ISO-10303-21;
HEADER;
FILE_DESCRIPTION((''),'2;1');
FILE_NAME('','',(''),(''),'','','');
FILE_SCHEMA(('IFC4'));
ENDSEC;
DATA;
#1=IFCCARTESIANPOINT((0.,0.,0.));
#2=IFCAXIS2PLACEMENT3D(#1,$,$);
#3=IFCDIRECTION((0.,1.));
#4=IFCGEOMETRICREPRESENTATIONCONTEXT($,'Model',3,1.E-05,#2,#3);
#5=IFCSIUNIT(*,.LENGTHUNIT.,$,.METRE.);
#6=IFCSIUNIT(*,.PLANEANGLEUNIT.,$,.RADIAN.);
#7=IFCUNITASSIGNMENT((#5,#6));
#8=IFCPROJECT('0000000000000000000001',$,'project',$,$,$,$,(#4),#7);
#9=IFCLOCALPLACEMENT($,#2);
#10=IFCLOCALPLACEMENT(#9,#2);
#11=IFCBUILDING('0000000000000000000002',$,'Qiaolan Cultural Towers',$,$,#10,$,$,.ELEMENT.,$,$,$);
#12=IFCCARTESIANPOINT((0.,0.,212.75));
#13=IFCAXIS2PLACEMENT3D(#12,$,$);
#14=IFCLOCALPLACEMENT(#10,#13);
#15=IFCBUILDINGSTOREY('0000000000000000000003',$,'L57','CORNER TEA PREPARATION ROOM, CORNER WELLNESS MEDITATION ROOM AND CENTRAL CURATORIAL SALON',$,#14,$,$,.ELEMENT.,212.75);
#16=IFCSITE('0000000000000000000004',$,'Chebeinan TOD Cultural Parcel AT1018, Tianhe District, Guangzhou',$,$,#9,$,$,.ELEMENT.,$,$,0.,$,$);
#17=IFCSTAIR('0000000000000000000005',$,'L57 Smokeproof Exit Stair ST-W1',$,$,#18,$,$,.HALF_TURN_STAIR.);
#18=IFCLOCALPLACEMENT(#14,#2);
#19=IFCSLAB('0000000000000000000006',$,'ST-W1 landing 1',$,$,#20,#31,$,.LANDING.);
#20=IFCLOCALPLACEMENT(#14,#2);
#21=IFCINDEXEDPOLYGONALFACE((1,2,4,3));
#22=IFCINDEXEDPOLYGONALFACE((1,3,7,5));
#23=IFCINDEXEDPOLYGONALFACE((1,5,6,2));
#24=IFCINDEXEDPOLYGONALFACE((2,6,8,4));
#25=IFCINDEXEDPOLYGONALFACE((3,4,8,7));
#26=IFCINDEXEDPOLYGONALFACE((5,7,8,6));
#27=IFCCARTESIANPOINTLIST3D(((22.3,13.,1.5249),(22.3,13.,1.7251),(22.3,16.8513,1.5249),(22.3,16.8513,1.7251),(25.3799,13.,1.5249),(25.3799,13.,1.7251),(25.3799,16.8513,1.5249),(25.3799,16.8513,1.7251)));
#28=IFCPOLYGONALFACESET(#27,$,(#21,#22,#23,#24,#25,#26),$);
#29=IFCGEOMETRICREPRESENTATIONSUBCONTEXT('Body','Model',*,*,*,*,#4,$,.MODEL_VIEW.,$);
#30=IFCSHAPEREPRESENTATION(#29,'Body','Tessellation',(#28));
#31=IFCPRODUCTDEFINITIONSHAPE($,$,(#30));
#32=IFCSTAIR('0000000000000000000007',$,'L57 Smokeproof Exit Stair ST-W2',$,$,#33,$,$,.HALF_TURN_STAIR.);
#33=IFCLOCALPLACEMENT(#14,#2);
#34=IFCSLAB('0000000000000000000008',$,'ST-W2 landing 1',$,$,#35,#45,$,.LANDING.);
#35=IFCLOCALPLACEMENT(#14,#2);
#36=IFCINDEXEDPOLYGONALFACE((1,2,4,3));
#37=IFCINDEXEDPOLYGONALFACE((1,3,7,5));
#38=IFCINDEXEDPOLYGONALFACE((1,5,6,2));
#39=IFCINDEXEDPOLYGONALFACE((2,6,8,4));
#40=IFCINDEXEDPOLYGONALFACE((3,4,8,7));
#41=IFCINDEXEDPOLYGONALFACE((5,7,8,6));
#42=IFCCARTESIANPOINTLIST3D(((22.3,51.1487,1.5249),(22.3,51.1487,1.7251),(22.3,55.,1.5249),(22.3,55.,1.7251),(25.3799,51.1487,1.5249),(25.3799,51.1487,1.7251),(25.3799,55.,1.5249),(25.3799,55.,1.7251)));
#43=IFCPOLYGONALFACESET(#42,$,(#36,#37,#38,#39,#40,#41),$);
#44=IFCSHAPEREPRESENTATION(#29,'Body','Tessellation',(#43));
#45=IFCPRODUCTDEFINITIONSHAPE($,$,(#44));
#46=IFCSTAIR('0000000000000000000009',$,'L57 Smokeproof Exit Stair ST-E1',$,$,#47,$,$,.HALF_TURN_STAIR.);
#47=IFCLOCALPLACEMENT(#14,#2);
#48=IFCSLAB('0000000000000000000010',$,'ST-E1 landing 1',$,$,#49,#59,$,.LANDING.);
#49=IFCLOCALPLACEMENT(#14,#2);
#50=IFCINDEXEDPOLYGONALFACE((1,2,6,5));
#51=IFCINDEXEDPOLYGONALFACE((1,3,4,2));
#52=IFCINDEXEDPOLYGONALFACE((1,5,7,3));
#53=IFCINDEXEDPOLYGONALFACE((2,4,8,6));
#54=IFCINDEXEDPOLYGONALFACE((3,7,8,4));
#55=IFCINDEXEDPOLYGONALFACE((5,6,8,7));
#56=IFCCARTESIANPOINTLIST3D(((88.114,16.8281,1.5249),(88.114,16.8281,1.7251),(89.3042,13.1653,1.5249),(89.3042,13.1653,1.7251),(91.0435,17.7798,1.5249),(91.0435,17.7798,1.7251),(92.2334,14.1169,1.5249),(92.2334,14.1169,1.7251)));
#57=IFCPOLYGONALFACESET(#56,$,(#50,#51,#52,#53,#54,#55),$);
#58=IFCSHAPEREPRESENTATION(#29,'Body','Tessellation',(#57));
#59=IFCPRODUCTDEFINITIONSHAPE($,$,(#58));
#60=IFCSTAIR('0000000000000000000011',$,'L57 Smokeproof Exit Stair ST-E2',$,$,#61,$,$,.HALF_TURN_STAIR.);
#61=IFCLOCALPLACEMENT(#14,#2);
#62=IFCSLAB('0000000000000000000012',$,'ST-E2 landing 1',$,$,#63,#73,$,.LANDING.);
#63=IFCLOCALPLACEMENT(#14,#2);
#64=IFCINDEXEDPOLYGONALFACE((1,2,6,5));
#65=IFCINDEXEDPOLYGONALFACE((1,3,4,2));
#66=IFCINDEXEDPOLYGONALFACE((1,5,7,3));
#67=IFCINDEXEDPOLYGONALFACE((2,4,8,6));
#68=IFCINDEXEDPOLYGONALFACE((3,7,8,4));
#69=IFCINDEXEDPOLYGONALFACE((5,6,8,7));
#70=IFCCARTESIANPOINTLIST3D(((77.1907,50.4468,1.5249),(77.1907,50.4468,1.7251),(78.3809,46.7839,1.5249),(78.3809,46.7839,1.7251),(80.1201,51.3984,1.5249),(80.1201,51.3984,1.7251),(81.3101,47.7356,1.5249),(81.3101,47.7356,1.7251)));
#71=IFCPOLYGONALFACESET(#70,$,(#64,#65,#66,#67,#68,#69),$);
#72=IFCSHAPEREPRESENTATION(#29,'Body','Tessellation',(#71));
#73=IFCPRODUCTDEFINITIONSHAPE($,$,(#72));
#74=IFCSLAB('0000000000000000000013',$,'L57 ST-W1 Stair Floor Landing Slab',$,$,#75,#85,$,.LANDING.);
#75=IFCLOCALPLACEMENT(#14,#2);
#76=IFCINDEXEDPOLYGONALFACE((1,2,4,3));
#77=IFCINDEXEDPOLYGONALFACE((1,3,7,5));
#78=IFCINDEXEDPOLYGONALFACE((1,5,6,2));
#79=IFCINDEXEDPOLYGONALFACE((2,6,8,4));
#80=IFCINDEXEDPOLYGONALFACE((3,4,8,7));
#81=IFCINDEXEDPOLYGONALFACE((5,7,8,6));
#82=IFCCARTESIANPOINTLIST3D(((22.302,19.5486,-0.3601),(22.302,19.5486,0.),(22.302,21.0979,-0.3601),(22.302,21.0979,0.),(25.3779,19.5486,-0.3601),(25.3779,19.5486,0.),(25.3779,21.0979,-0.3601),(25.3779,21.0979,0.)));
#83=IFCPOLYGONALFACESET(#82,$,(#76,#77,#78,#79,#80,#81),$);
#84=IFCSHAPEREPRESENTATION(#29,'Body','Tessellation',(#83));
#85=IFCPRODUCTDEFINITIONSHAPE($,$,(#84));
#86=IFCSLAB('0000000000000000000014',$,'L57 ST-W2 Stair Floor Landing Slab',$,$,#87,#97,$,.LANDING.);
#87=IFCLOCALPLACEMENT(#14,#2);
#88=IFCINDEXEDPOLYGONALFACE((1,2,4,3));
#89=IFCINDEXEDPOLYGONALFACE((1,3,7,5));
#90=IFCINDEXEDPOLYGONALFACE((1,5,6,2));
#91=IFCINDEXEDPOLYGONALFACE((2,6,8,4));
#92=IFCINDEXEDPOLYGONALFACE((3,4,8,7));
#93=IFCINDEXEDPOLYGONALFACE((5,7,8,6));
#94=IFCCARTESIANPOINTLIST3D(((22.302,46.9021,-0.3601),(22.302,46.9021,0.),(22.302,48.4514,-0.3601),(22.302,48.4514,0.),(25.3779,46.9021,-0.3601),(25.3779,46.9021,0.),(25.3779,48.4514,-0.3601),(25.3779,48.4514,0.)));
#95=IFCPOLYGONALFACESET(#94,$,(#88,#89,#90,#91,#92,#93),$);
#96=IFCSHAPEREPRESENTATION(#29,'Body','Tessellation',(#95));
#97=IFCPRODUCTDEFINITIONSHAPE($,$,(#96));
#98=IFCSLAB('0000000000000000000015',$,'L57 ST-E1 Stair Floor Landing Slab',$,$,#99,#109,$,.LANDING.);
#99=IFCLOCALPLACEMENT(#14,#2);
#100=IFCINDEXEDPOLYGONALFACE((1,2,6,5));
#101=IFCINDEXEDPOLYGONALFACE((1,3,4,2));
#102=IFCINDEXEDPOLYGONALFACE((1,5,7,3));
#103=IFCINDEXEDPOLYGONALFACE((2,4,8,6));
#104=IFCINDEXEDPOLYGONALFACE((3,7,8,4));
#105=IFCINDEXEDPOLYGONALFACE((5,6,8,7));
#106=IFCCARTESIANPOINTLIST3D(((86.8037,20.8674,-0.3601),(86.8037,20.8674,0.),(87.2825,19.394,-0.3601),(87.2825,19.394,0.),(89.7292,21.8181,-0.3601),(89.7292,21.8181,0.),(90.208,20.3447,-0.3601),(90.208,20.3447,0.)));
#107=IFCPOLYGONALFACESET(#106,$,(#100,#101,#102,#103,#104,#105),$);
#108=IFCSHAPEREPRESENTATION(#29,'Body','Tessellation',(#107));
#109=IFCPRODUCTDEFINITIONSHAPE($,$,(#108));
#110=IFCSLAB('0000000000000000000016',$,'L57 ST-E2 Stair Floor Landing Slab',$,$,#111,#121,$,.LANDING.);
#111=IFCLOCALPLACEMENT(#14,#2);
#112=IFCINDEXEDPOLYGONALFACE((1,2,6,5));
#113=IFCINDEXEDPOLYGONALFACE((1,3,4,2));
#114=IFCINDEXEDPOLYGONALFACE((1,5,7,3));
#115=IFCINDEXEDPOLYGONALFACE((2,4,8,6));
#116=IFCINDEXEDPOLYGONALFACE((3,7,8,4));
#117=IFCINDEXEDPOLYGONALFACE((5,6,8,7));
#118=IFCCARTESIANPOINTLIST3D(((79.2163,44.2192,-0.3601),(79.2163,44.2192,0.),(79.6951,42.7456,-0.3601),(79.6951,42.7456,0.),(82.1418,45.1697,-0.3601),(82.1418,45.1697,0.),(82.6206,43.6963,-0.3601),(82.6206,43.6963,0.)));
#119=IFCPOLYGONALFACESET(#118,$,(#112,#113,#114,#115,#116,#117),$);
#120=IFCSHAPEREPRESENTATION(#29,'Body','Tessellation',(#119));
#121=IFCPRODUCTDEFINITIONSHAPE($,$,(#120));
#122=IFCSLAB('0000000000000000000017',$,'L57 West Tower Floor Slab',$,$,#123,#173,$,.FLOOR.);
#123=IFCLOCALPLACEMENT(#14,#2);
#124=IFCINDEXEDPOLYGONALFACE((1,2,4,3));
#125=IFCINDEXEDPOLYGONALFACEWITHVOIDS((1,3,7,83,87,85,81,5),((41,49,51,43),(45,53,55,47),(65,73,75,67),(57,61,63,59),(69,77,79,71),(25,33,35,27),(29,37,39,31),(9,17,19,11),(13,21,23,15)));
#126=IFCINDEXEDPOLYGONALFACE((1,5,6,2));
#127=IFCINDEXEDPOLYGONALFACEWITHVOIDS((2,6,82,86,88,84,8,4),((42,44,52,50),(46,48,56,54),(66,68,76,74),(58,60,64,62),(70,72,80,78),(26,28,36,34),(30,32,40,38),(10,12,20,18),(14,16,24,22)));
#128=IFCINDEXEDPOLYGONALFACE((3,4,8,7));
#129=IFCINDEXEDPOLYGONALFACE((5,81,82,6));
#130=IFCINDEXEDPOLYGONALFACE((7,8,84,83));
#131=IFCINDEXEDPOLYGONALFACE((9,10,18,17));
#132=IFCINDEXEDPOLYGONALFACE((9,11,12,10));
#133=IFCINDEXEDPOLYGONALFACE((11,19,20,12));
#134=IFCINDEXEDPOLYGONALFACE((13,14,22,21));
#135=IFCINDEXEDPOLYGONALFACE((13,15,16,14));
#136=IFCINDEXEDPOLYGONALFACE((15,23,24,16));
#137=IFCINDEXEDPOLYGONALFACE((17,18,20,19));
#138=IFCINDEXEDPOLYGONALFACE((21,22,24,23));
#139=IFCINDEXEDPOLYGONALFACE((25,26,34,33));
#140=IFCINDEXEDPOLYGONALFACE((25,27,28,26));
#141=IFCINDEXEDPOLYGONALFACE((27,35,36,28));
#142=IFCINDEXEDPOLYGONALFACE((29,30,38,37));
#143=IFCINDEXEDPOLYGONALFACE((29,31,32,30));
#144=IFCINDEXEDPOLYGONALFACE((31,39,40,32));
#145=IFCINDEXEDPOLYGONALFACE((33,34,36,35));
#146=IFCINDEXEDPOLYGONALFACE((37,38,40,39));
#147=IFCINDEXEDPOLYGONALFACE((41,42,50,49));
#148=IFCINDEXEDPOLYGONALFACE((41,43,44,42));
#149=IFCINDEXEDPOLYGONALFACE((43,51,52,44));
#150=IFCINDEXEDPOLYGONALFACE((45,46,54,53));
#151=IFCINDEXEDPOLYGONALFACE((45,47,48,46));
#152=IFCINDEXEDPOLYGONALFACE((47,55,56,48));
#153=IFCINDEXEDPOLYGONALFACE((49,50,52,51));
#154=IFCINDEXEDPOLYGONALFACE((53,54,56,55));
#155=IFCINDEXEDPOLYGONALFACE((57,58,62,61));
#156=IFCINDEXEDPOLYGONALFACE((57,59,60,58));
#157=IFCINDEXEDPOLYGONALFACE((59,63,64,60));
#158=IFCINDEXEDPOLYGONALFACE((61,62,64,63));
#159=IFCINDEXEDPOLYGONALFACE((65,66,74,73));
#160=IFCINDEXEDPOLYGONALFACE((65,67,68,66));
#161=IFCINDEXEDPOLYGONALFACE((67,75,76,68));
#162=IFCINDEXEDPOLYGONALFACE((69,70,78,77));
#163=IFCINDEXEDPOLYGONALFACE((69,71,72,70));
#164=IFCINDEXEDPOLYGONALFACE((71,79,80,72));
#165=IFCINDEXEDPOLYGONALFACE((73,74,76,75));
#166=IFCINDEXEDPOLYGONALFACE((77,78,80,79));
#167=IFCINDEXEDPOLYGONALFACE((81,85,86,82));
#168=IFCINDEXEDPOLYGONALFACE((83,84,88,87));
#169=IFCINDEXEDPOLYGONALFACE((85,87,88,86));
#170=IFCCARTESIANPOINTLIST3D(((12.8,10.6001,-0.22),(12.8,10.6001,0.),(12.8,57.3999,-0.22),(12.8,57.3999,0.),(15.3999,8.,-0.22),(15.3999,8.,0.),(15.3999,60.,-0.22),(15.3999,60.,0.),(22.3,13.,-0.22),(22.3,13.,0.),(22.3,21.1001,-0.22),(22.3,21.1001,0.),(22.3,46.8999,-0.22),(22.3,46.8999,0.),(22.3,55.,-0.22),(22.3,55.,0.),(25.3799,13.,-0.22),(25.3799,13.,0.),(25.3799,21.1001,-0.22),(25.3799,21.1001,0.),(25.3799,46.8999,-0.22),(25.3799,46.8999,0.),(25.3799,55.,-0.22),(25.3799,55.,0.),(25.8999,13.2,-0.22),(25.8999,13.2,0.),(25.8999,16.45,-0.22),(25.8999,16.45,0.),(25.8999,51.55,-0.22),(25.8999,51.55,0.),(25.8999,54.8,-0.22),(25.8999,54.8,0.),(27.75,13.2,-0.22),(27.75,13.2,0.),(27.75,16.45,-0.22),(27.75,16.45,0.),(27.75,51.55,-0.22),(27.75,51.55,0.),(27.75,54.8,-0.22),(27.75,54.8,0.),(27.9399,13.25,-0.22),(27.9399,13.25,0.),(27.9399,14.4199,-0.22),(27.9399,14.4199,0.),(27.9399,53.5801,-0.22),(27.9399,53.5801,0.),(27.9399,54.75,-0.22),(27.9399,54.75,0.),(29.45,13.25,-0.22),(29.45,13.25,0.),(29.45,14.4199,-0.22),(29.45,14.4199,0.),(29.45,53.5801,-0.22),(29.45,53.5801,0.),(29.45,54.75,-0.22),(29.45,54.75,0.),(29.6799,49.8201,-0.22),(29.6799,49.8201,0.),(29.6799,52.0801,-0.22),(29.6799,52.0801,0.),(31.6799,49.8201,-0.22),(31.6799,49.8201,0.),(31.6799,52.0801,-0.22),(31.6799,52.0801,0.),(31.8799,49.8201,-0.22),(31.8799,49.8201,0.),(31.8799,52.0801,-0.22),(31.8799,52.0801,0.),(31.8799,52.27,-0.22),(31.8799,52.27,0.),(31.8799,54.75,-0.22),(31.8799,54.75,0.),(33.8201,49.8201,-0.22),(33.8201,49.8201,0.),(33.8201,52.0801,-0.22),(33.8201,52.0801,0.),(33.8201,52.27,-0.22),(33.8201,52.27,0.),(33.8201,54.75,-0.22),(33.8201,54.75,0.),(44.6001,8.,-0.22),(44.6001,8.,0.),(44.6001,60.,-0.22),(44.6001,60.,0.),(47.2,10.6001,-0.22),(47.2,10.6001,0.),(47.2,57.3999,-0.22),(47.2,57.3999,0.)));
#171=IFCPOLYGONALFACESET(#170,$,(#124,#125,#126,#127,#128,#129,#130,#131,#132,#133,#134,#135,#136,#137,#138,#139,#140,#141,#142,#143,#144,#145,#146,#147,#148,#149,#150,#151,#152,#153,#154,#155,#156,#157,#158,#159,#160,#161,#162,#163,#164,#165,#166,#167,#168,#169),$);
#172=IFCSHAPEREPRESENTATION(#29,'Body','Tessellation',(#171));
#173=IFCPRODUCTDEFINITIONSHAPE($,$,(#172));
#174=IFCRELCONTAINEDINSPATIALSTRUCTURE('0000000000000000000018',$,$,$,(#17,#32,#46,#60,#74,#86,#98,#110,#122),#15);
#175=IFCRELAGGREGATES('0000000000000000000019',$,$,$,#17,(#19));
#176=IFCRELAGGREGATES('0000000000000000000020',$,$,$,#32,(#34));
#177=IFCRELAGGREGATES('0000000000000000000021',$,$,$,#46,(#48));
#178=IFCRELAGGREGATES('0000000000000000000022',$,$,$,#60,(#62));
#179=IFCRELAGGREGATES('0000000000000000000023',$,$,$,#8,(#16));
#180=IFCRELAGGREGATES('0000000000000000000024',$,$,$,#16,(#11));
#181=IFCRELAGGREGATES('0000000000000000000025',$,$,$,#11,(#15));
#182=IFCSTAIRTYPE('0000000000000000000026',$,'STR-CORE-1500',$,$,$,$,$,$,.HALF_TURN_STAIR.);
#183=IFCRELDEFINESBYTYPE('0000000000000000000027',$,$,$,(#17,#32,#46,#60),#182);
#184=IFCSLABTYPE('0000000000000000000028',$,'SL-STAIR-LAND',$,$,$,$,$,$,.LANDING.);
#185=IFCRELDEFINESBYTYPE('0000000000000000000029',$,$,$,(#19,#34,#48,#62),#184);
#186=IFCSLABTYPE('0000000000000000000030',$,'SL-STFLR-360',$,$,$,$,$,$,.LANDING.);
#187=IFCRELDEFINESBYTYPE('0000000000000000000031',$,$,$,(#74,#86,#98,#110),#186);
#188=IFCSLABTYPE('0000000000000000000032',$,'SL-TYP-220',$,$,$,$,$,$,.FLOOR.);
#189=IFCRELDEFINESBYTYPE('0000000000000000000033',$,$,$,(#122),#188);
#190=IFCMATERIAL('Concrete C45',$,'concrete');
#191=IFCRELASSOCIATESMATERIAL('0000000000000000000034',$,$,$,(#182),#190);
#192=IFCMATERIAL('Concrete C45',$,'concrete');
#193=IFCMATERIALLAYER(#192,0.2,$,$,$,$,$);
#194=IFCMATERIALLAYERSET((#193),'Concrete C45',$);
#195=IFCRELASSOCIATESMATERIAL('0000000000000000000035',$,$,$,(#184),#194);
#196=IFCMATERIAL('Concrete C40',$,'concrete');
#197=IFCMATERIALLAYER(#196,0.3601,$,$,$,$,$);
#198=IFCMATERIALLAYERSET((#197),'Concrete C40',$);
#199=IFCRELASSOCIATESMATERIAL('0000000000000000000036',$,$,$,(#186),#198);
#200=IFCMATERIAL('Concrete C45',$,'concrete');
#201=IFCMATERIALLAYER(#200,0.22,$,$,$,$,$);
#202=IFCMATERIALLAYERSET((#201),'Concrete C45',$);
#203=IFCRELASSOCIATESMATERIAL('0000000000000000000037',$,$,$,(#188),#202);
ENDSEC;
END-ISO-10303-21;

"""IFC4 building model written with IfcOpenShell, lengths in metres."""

from ifc_helpers import new_model, si_unit, direction, frame, origin, place, context, subcontext, project, spatial, polyline, outline, extrude, material, layer, layer_set, type_object, element, aggregate, save


model = new_model("IFC4")

# Units and contexts
model_context = context("Model", 3, precision=1e-05, world=origin(), true_north=direction((0.0, 1.0)))
body_context = subcontext(model_context, "Body", "Model", "MODEL_VIEW")
ifc_project = project(units=[si_unit("LENGTHUNIT", "METRE"), si_unit("PLANEANGLEUNIT", "RADIAN")], contexts=[model_context])

# Site, building, storey
site_placement = place(None, origin())
site = spatial("IfcSite", under=ifc_project, at=site_placement, Name="Chebeinan TOD Cultural Parcel AT1018, Tianhe District, Guangzhou", CompositionType="ELEMENT", RefElevation=0.0)
building_placement = place(site_placement, origin())
building = spatial("IfcBuilding", under=site, at=building_placement, Name="Qiaolan Cultural Towers", CompositionType="ELEMENT")
storey_placement = place(building_placement, frame((0.0, 0.0, 212.75)))
storey = spatial("IfcBuildingStorey", under=building, at=storey_placement, Name="L57", Description="CORNER TEA PREPARATION ROOM, CORNER WELLNESS MEDITATION ROOM AND CENTRAL CURATORIAL SALON", CompositionType="ELEMENT", Elevation=212.75)

# Stairs, slabs
ifc_material_1 = material(Name="Concrete C45", Category="concrete")
stair_type = type_object("IfcStairType", Name="STR-CORE-1500", PredefinedType="HALF_TURN_STAIR", material=ifc_material_1)
stair_1_placement = place(storey_placement, origin())
stair_1 = element("IfcStair", 1, at=stair_1_placement, inside=storey, type_object=stair_type, Name="L57 Smokeproof Exit Stair ST-W1", PredefinedType="HALF_TURN_STAIR")
ifc_material_2 = material(Name="Concrete C45", Category="concrete")
ifc_layer_1 = layer(ifc_material_2, 0.2)
ifc_layer_set_1 = layer_set([ifc_layer_1], Name="Concrete C45")
slab_type_1 = type_object("IfcSlabType", Name="SL-STAIR-LAND", PredefinedType="LANDING", material=ifc_layer_set_1)
slab_1_placement = place(storey_placement, frame((0.0, 0.0, 1.5249)))
slab_1 = element("IfcSlab", 2, at=slab_1_placement, type_object=slab_type_1, Name="ST-W1 landing 1", PredefinedType="LANDING", context=body_context, shape_type="SweptSolid", body=[
    extrude(outline(polyline([(22.3, 16.8513), (22.3, 13.0), (25.3799, 13.0), (25.3799, 16.8513), (22.3, 16.8513)])), origin(), (0.0, 0.0, 1.0), 0.2002),
])
aggregate(stair_1, [slab_1])
stair_2_placement = place(storey_placement, origin())
stair_2 = element("IfcStair", 3, at=stair_2_placement, inside=storey, type_object=stair_type, Name="L57 Smokeproof Exit Stair ST-W2", PredefinedType="HALF_TURN_STAIR")
slab_2_placement = place(storey_placement, frame((0.0, 0.0, 1.5249)))
slab_2 = element("IfcSlab", 4, at=slab_2_placement, type_object=slab_type_1, Name="ST-W2 landing 1", PredefinedType="LANDING", context=body_context, shape_type="SweptSolid", body=[
    extrude(outline(polyline([(25.3799, 51.1487), (25.3799, 55.0), (22.3, 55.0), (22.3, 51.1487), (25.3799, 51.1487)])), origin(), (0.0, 0.0, 1.0), 0.2002),
])
aggregate(stair_2, [slab_2])
stair_3_placement = place(storey_placement, origin())
stair_3 = element("IfcStair", 5, at=stair_3_placement, inside=storey, type_object=stair_type, Name="L57 Smokeproof Exit Stair ST-E1", PredefinedType="HALF_TURN_STAIR")
slab_3_placement = place(storey_placement, frame((0.0, 0.0, 1.5249)))
slab_3 = element("IfcSlab", 6, at=slab_3_placement, type_object=slab_type_1, Name="ST-E1 landing 1", PredefinedType="LANDING", context=body_context, shape_type="SweptSolid", body=[
    extrude(outline(polyline([(88.114, 16.8281), (89.3042, 13.1653), (92.2334, 14.1169), (91.0435, 17.7798), (88.114, 16.8281)])), origin(), (0.0, 0.0, 1.0), 0.2002),
])
aggregate(stair_3, [slab_3])
stair_4_placement = place(storey_placement, origin())
stair_4 = element("IfcStair", 7, at=stair_4_placement, inside=storey, type_object=stair_type, Name="L57 Smokeproof Exit Stair ST-E2", PredefinedType="HALF_TURN_STAIR")
slab_4_placement = place(storey_placement, frame((0.0, 0.0, 1.5249)))
slab_4 = element("IfcSlab", 8, at=slab_4_placement, type_object=slab_type_1, Name="ST-E2 landing 1", PredefinedType="LANDING", context=body_context, shape_type="SweptSolid", body=[
    extrude(outline(polyline([(81.3101, 47.7356), (80.1201, 51.3984), (77.1907, 50.4468), (78.3809, 46.7839), (81.3101, 47.7356)])), origin(), (0.0, 0.0, 1.0), 0.2002),
])
aggregate(stair_4, [slab_4])

# Slabs
ifc_material_3 = material(Name="Concrete C40", Category="concrete")
ifc_layer_2 = layer(ifc_material_3, 0.3601)
ifc_layer_set_2 = layer_set([ifc_layer_2], Name="Concrete C40")
slab_type_2 = type_object("IfcSlabType", Name="SL-STFLR-360", PredefinedType="LANDING", material=ifc_layer_set_2)
slab_5_placement = place(storey_placement, frame((0.0, 0.0, -0.3601)))
element("IfcSlab", 9, at=slab_5_placement, inside=storey, type_object=slab_type_2, Name="L57 ST-W1 Stair Floor Landing Slab", PredefinedType="LANDING", context=body_context, shape_type="SweptSolid", body=[
    extrude(outline(polyline([(22.302, 21.0979), (22.302, 19.5486), (25.3779, 19.5486), (25.3779, 21.0979), (22.302, 21.0979)])), origin(), (0.0, 0.0, 1.0), 0.3601),
])
slab_6_placement = place(storey_placement, frame((0.0, 0.0, -0.3601)))
element("IfcSlab", 10, at=slab_6_placement, inside=storey, type_object=slab_type_2, Name="L57 ST-W2 Stair Floor Landing Slab", PredefinedType="LANDING", context=body_context, shape_type="SweptSolid", body=[
    extrude(outline(polyline([(25.3779, 46.9021), (25.3779, 48.4514), (22.302, 48.4514), (22.302, 46.9021), (25.3779, 46.9021)])), origin(), (0.0, 0.0, 1.0), 0.3601),
])
slab_7_placement = place(storey_placement, frame((0.0, 0.0, -0.3601)))
element("IfcSlab", 11, at=slab_7_placement, inside=storey, type_object=slab_type_2, Name="L57 ST-E1 Stair Floor Landing Slab", PredefinedType="LANDING", context=body_context, shape_type="SweptSolid", body=[
    extrude(outline(polyline([(86.8037, 20.8674), (87.2825, 19.394), (90.208, 20.3447), (89.7292, 21.8181), (86.8037, 20.8674)])), origin(), (0.0, 0.0, 1.0), 0.3601),
])
slab_8_placement = place(storey_placement, frame((0.0, 0.0, -0.3601)))
element("IfcSlab", 12, at=slab_8_placement, inside=storey, type_object=slab_type_2, Name="L57 ST-E2 Stair Floor Landing Slab", PredefinedType="LANDING", context=body_context, shape_type="SweptSolid", body=[
    extrude(outline(polyline([(82.6206, 43.6963), (82.1418, 45.1697), (79.2163, 44.2192), (79.6951, 42.7456), (82.6206, 43.6963)])), origin(), (0.0, 0.0, 1.0), 0.3601),
])
ifc_material_4 = material(Name="Concrete C45", Category="concrete")
ifc_layer_3 = layer(ifc_material_4, 0.22)
ifc_layer_set_3 = layer_set([ifc_layer_3], Name="Concrete C45")
slab_type_3 = type_object("IfcSlabType", Name="SL-TYP-220", PredefinedType="FLOOR", material=ifc_layer_set_3)
slab_9_placement = place(storey_placement, frame((0.0, 0.0, -0.22)))
element("IfcSlab", 13, at=slab_9_placement, inside=storey, type_object=slab_type_3, Name="L57 West Tower Floor Slab", PredefinedType="FLOOR", context=body_context, shape_type="SweptSolid", body=[
    extrude(outline(polyline([(15.3999, 8.0), (44.6001, 8.0), (47.2, 10.6001), (47.2, 57.3999), (44.6001, 60.0), (15.3999, 60.0), (12.8, 57.3999), (12.8, 10.6001), (15.3999, 8.0)]), holes=[polyline([(22.3, 21.1001), (22.3, 13.0), (25.3799, 13.0), (25.3799, 21.1001), (22.3, 21.1001)]), polyline([(25.3799, 46.8999), (25.3799, 55.0), (22.3, 55.0), (22.3, 46.8999), (25.3799, 46.8999)]), polyline([(25.8999, 13.2), (27.75, 13.2), (27.75, 16.45), (25.8999, 16.45), (25.8999, 13.2)]), polyline([(27.9399, 13.25), (29.45, 13.25), (29.45, 14.4199), (27.9399, 14.4199), (27.9399, 13.25)]), polyline([(25.8999, 51.55), (27.75, 51.55), (27.75, 54.8), (25.8999, 54.8), (25.8999, 51.55)]), polyline([(27.9399, 53.5801), (29.45, 53.5801), (29.45, 54.75), (27.9399, 54.75), (27.9399, 53.5801)]), polyline([(29.6799, 49.8201), (31.6799, 49.8201), (31.6799, 52.0801), (29.6799, 52.0801), (29.6799, 49.8201)]), polyline([(31.8799, 49.8201), (33.8201, 49.8201), (33.8201, 52.0801), (31.8799, 52.0801), (31.8799, 49.8201)]), polyline([(31.8799, 52.27), (33.8201, 52.27), (33.8201, 54.75), (31.8799, 54.75), (31.8799, 52.27)])]), origin(), (0.0, 0.0, 1.0), 0.22),
])

save(model, "model.ifc")
